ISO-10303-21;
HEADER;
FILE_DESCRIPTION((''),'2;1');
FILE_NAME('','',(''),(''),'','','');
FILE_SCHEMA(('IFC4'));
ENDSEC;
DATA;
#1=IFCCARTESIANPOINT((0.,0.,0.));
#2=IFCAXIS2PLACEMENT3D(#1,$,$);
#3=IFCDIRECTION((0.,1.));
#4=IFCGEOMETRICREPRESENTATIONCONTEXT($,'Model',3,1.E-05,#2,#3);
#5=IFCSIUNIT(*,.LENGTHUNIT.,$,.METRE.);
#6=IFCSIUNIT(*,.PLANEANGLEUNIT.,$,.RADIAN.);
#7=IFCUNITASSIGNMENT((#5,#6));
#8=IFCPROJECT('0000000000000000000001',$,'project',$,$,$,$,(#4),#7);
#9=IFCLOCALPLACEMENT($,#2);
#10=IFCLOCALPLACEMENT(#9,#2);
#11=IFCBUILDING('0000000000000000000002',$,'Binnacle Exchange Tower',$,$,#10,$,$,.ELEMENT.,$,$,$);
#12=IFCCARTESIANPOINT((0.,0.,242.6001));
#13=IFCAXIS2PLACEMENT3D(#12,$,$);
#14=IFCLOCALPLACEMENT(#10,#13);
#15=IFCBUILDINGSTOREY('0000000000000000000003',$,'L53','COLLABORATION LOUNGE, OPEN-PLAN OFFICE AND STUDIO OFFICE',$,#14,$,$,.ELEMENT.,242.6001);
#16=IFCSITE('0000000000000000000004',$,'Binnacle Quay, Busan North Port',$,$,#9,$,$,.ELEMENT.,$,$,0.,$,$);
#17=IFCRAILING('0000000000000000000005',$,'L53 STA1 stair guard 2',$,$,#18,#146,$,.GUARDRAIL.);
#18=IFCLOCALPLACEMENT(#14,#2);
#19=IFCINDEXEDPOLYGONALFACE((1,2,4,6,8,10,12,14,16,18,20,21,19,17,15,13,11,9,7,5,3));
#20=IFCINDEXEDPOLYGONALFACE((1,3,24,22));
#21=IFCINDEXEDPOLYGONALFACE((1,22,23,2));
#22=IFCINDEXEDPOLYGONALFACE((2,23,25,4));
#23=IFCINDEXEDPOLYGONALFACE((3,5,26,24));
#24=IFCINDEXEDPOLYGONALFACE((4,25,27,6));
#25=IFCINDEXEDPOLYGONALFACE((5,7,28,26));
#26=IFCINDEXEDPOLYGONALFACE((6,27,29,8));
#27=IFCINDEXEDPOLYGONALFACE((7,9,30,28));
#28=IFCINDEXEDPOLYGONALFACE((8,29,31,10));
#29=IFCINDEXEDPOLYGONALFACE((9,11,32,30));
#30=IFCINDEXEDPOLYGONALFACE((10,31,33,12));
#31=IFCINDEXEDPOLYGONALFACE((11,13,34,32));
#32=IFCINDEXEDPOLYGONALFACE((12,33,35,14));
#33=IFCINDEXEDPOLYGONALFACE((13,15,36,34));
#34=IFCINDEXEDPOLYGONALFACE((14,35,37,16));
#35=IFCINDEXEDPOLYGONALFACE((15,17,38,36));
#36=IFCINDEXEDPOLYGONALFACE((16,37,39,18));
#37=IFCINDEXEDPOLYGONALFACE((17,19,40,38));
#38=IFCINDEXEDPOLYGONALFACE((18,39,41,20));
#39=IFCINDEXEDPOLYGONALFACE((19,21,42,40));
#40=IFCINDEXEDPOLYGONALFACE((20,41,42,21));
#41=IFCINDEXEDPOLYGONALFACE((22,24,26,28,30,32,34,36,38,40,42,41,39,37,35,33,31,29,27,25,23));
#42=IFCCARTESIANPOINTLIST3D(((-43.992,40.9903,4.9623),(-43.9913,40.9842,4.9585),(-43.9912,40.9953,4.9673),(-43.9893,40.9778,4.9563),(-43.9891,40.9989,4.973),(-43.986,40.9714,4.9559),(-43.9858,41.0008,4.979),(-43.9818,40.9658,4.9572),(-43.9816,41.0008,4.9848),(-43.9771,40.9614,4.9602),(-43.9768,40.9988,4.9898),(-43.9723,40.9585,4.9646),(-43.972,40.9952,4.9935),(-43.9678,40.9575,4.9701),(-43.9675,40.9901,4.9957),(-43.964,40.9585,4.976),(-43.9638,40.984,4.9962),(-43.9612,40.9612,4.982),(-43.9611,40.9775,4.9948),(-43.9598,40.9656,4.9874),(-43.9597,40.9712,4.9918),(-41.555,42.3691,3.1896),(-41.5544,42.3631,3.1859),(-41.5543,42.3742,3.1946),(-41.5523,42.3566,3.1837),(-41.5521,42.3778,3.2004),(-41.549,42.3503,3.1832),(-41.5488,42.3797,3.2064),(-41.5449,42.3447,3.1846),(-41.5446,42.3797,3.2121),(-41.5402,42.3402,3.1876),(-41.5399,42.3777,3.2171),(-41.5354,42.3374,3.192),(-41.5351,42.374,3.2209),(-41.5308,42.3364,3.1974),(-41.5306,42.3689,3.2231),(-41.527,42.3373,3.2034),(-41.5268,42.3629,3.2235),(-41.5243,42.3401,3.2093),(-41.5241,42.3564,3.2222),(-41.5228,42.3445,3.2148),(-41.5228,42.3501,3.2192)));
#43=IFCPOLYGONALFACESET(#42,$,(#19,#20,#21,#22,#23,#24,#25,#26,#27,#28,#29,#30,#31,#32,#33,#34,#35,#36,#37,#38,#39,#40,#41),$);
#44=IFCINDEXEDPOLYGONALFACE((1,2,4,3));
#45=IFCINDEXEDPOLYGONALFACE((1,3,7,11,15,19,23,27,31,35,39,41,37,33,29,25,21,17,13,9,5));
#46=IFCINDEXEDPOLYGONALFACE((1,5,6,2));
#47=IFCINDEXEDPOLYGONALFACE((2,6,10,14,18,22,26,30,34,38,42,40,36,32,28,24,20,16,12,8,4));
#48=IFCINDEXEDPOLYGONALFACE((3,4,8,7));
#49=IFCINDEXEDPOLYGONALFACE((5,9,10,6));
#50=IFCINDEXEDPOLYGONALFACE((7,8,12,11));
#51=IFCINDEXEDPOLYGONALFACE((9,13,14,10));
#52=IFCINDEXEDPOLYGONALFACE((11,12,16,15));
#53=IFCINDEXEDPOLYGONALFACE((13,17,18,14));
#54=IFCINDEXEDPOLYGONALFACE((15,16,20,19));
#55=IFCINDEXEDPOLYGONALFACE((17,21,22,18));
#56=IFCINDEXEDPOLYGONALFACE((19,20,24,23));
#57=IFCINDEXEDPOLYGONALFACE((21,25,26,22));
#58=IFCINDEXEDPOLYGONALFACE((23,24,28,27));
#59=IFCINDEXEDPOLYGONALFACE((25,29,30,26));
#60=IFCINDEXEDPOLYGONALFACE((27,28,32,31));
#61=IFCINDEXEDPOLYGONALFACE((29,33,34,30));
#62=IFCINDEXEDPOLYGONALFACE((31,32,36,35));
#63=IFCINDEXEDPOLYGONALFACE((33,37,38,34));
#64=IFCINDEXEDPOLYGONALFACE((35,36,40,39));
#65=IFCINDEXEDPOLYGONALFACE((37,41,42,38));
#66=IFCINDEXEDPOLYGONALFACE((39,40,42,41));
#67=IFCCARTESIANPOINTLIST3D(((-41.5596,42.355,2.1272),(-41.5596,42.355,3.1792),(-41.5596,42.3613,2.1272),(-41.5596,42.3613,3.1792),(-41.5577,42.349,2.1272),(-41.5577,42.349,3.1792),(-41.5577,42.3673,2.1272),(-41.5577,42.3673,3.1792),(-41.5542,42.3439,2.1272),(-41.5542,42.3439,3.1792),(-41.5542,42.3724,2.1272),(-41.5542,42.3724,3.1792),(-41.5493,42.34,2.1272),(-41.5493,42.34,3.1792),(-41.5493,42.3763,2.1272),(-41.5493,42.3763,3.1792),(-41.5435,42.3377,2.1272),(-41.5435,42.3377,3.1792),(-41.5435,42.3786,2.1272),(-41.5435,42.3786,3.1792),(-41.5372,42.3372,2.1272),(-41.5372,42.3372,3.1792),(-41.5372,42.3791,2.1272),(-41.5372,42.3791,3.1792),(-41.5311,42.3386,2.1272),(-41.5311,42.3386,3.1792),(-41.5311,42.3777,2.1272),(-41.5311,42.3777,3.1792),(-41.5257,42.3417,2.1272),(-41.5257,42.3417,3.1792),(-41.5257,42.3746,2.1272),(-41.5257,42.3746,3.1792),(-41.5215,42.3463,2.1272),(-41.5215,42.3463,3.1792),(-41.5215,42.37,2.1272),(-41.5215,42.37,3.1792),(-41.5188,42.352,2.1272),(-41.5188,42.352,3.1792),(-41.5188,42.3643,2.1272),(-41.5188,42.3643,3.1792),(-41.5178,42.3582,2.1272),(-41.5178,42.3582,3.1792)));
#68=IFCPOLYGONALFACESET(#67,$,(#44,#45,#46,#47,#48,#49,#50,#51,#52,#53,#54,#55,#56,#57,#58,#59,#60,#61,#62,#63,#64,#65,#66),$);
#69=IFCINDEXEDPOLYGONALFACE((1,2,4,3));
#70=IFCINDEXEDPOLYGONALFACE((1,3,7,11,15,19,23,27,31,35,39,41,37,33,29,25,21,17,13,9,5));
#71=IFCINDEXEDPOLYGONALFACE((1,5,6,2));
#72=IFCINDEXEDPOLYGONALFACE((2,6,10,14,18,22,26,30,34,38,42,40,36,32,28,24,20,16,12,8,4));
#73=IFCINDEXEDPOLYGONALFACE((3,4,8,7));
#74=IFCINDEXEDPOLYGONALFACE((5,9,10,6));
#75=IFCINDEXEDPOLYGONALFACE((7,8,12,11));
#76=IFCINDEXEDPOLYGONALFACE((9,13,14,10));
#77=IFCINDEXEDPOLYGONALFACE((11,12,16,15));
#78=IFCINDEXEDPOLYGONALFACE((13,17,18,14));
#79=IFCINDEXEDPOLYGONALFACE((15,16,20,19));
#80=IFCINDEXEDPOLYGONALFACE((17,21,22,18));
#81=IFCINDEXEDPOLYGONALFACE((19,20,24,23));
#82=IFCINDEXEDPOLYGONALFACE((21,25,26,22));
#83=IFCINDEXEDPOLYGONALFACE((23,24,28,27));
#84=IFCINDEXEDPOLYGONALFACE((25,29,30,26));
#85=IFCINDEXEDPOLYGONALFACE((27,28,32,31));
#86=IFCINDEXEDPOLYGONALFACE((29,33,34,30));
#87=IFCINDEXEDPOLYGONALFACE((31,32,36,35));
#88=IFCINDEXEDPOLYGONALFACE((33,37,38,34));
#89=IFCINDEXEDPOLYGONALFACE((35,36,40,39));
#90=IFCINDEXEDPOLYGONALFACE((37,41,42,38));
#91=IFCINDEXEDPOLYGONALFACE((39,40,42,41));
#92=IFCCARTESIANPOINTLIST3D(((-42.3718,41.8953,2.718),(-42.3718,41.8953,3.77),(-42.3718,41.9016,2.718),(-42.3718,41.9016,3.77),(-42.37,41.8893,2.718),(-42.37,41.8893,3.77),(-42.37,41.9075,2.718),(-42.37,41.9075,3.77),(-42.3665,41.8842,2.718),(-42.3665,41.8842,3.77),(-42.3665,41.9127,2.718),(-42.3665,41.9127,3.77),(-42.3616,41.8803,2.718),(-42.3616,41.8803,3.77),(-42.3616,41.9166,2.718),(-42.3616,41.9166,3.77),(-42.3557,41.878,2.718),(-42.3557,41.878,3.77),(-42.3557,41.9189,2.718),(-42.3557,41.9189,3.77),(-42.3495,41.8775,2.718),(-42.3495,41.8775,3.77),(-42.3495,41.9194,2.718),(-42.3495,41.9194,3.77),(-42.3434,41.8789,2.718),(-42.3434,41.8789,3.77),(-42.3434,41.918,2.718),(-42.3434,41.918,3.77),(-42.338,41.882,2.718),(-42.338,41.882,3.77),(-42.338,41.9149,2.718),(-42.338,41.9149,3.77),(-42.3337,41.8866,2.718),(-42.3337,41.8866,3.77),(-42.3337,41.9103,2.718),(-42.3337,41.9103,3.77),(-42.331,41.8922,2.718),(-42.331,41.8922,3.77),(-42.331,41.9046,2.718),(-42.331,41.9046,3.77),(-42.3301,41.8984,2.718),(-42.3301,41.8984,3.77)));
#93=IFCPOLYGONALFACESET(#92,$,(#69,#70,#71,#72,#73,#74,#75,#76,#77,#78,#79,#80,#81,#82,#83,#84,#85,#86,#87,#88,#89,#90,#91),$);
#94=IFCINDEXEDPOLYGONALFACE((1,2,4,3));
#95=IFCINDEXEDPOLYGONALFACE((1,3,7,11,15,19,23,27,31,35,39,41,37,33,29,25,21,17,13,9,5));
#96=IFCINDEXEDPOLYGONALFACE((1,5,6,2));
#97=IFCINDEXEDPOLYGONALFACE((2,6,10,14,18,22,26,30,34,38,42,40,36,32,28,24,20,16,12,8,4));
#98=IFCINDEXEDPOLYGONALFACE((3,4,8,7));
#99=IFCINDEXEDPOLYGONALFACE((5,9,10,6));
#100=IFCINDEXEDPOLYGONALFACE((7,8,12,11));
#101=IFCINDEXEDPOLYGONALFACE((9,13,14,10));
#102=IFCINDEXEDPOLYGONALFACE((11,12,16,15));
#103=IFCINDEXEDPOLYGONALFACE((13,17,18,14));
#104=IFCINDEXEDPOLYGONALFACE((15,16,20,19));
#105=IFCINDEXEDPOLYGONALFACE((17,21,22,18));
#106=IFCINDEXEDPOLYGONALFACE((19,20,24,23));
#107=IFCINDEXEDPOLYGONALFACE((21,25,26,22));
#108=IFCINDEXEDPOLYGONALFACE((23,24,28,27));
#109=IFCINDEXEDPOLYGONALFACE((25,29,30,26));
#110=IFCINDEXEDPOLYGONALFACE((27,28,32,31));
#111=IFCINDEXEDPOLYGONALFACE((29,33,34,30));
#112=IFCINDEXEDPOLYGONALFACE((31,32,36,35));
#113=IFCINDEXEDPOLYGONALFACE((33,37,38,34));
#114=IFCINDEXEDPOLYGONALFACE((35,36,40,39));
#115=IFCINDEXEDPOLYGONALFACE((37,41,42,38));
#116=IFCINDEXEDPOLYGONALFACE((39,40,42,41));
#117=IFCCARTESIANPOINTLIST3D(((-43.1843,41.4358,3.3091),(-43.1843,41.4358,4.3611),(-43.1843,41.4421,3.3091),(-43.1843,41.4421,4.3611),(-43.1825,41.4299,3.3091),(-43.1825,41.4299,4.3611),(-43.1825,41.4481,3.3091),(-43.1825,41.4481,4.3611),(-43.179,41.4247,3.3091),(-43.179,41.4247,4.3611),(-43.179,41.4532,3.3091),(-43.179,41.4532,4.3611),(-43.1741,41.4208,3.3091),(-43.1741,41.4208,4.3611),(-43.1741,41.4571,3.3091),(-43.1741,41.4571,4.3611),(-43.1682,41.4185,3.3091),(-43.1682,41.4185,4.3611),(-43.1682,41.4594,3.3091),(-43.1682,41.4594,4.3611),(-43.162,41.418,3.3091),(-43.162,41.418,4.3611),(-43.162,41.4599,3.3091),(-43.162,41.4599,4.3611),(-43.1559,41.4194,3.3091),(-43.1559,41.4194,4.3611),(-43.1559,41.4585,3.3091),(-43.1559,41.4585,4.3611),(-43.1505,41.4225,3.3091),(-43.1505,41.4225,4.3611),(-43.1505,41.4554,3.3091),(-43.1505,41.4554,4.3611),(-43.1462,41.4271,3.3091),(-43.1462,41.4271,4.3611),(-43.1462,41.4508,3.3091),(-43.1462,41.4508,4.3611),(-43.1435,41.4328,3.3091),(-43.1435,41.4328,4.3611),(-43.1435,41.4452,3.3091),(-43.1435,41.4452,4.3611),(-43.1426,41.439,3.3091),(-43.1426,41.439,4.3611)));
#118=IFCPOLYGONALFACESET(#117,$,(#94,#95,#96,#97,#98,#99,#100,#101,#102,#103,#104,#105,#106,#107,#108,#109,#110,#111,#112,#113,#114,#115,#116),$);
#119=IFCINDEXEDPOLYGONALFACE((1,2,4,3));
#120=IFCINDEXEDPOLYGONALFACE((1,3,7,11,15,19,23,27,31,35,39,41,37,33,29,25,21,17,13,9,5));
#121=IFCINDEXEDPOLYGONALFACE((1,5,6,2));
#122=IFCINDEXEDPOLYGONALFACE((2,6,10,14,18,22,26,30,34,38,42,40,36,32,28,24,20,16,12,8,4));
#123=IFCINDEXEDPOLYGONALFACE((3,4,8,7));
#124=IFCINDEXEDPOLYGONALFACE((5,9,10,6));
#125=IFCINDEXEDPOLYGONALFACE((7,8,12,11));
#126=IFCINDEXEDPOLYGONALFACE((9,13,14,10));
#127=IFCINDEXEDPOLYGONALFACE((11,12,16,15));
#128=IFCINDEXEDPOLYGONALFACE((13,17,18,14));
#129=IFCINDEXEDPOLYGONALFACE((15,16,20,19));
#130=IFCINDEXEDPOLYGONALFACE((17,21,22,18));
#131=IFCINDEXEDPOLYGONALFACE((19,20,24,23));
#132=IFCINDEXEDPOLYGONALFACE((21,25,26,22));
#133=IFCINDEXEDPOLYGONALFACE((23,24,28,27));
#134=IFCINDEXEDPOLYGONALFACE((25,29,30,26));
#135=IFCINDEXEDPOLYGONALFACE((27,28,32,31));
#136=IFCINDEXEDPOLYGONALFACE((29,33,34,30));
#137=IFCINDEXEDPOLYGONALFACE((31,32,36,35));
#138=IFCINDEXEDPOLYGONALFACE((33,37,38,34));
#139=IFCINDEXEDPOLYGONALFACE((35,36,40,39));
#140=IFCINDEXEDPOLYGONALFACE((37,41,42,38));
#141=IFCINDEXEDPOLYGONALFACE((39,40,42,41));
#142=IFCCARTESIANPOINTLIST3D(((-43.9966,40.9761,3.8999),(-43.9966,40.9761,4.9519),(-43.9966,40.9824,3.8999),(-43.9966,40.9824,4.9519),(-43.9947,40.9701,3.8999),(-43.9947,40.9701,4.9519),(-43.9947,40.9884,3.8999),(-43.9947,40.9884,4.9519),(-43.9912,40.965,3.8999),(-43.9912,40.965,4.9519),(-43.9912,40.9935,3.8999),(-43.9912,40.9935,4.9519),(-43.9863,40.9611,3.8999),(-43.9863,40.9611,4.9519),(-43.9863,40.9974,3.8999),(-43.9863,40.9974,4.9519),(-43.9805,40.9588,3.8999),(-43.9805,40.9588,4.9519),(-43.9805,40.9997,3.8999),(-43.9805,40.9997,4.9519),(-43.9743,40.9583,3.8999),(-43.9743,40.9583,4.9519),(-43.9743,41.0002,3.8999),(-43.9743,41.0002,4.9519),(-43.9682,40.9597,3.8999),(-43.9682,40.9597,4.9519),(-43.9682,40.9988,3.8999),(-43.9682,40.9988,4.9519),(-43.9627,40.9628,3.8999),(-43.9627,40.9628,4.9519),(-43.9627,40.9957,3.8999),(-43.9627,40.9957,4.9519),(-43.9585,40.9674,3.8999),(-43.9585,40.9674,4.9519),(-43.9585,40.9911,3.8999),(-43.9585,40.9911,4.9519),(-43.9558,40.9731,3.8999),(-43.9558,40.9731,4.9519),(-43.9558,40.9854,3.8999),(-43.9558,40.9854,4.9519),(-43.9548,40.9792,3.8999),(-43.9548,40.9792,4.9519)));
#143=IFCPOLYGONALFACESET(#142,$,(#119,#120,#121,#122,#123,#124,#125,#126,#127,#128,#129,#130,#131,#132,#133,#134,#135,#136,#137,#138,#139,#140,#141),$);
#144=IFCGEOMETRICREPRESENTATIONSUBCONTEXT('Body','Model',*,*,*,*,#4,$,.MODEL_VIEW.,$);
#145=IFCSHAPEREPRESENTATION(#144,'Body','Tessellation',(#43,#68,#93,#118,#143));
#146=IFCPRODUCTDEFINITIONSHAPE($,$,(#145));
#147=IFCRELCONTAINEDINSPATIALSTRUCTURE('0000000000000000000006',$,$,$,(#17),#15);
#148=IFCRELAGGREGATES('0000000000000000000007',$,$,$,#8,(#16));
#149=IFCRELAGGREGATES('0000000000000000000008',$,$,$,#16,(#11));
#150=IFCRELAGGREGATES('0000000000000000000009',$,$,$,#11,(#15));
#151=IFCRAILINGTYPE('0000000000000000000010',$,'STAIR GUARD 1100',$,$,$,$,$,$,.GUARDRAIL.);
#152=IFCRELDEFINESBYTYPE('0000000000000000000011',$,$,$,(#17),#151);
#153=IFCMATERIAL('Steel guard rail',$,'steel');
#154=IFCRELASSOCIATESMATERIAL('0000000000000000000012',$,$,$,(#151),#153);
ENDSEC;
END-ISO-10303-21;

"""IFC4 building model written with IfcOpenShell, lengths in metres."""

from ifc_helpers import new_model, si_unit, direction, frame, origin, origin_2d, place, context, subcontext, project, spatial, circle, extrude, material, type_object, element, save


model = new_model("IFC4")

# Units and contexts
model_context = context("Model", 3, precision=1e-05, world=origin(), true_north=direction((0.0, 1.0)))
body_context = subcontext(model_context, "Body", "Model", "MODEL_VIEW")
ifc_project = project(units=[si_unit("LENGTHUNIT", "METRE"), si_unit("PLANEANGLEUNIT", "RADIAN")], contexts=[model_context])

# Site, building, storey
site_placement = place(None, origin())
site = spatial("IfcSite", under=ifc_project, at=site_placement, Name="Binnacle Quay, Busan North Port", CompositionType="ELEMENT", RefElevation=0.0)
building_placement = place(site_placement, origin())
building = spatial("IfcBuilding", under=site, at=building_placement, Name="Binnacle Exchange Tower", CompositionType="ELEMENT")
storey_placement = place(building_placement, frame((0.0, 0.0, 242.6001)))
storey = spatial("IfcBuildingStorey", under=building, at=storey_placement, Name="L53", Description="COLLABORATION LOUNGE, OPEN-PLAN OFFICE AND STUDIO OFFICE", CompositionType="ELEMENT", Elevation=242.6001)

# Railing
ifc_material_1 = material(Name="Steel guard rail", Category="steel")
railing_type = type_object("IfcRailingType", Name="STAIR GUARD 1100", PredefinedType="GUARDRAIL", material=ifc_material_1)
railing_placement = place(storey_placement, frame((-41.5388, 42.3582, 2.1272)))
element("IfcRailing", 1, at=railing_placement, inside=storey, type_object=railing_type, Name="L53 STA1 stair guard 2", PredefinedType="GUARDRAIL", context=body_context, shape_type="SweptSolid", body=[
    extrude(circle(Radius=0.0239, at=origin_2d()), frame((0.0, 0.0, 1.0762), z_axis=(-0.735359, -0.41608, 0.534907), x_axis=(0.492454, -0.870339, 0.0)), (0.0, 0.0, 1.0), 3.314),
    extrude(circle(Radius=0.021, at=origin_2d()), origin(), (0.0, 0.0, 1.0), 1.052),
    extrude(circle(Radius=0.021, at=origin_2d()), frame((-0.8123, -0.4597, 0.5908)), (0.0, 0.0, 1.0), 1.052),
    extrude(circle(Radius=0.021, at=origin_2d()), frame((-1.6248, -0.9192, 1.1819)), (0.0, 0.0, 1.0), 1.052),
    extrude(circle(Radius=0.021, at=origin_2d()), frame((-2.437, -1.3789, 1.7727)), (0.0, 0.0, 1.0), 1.052),
])

save(model, "model.ifc")
